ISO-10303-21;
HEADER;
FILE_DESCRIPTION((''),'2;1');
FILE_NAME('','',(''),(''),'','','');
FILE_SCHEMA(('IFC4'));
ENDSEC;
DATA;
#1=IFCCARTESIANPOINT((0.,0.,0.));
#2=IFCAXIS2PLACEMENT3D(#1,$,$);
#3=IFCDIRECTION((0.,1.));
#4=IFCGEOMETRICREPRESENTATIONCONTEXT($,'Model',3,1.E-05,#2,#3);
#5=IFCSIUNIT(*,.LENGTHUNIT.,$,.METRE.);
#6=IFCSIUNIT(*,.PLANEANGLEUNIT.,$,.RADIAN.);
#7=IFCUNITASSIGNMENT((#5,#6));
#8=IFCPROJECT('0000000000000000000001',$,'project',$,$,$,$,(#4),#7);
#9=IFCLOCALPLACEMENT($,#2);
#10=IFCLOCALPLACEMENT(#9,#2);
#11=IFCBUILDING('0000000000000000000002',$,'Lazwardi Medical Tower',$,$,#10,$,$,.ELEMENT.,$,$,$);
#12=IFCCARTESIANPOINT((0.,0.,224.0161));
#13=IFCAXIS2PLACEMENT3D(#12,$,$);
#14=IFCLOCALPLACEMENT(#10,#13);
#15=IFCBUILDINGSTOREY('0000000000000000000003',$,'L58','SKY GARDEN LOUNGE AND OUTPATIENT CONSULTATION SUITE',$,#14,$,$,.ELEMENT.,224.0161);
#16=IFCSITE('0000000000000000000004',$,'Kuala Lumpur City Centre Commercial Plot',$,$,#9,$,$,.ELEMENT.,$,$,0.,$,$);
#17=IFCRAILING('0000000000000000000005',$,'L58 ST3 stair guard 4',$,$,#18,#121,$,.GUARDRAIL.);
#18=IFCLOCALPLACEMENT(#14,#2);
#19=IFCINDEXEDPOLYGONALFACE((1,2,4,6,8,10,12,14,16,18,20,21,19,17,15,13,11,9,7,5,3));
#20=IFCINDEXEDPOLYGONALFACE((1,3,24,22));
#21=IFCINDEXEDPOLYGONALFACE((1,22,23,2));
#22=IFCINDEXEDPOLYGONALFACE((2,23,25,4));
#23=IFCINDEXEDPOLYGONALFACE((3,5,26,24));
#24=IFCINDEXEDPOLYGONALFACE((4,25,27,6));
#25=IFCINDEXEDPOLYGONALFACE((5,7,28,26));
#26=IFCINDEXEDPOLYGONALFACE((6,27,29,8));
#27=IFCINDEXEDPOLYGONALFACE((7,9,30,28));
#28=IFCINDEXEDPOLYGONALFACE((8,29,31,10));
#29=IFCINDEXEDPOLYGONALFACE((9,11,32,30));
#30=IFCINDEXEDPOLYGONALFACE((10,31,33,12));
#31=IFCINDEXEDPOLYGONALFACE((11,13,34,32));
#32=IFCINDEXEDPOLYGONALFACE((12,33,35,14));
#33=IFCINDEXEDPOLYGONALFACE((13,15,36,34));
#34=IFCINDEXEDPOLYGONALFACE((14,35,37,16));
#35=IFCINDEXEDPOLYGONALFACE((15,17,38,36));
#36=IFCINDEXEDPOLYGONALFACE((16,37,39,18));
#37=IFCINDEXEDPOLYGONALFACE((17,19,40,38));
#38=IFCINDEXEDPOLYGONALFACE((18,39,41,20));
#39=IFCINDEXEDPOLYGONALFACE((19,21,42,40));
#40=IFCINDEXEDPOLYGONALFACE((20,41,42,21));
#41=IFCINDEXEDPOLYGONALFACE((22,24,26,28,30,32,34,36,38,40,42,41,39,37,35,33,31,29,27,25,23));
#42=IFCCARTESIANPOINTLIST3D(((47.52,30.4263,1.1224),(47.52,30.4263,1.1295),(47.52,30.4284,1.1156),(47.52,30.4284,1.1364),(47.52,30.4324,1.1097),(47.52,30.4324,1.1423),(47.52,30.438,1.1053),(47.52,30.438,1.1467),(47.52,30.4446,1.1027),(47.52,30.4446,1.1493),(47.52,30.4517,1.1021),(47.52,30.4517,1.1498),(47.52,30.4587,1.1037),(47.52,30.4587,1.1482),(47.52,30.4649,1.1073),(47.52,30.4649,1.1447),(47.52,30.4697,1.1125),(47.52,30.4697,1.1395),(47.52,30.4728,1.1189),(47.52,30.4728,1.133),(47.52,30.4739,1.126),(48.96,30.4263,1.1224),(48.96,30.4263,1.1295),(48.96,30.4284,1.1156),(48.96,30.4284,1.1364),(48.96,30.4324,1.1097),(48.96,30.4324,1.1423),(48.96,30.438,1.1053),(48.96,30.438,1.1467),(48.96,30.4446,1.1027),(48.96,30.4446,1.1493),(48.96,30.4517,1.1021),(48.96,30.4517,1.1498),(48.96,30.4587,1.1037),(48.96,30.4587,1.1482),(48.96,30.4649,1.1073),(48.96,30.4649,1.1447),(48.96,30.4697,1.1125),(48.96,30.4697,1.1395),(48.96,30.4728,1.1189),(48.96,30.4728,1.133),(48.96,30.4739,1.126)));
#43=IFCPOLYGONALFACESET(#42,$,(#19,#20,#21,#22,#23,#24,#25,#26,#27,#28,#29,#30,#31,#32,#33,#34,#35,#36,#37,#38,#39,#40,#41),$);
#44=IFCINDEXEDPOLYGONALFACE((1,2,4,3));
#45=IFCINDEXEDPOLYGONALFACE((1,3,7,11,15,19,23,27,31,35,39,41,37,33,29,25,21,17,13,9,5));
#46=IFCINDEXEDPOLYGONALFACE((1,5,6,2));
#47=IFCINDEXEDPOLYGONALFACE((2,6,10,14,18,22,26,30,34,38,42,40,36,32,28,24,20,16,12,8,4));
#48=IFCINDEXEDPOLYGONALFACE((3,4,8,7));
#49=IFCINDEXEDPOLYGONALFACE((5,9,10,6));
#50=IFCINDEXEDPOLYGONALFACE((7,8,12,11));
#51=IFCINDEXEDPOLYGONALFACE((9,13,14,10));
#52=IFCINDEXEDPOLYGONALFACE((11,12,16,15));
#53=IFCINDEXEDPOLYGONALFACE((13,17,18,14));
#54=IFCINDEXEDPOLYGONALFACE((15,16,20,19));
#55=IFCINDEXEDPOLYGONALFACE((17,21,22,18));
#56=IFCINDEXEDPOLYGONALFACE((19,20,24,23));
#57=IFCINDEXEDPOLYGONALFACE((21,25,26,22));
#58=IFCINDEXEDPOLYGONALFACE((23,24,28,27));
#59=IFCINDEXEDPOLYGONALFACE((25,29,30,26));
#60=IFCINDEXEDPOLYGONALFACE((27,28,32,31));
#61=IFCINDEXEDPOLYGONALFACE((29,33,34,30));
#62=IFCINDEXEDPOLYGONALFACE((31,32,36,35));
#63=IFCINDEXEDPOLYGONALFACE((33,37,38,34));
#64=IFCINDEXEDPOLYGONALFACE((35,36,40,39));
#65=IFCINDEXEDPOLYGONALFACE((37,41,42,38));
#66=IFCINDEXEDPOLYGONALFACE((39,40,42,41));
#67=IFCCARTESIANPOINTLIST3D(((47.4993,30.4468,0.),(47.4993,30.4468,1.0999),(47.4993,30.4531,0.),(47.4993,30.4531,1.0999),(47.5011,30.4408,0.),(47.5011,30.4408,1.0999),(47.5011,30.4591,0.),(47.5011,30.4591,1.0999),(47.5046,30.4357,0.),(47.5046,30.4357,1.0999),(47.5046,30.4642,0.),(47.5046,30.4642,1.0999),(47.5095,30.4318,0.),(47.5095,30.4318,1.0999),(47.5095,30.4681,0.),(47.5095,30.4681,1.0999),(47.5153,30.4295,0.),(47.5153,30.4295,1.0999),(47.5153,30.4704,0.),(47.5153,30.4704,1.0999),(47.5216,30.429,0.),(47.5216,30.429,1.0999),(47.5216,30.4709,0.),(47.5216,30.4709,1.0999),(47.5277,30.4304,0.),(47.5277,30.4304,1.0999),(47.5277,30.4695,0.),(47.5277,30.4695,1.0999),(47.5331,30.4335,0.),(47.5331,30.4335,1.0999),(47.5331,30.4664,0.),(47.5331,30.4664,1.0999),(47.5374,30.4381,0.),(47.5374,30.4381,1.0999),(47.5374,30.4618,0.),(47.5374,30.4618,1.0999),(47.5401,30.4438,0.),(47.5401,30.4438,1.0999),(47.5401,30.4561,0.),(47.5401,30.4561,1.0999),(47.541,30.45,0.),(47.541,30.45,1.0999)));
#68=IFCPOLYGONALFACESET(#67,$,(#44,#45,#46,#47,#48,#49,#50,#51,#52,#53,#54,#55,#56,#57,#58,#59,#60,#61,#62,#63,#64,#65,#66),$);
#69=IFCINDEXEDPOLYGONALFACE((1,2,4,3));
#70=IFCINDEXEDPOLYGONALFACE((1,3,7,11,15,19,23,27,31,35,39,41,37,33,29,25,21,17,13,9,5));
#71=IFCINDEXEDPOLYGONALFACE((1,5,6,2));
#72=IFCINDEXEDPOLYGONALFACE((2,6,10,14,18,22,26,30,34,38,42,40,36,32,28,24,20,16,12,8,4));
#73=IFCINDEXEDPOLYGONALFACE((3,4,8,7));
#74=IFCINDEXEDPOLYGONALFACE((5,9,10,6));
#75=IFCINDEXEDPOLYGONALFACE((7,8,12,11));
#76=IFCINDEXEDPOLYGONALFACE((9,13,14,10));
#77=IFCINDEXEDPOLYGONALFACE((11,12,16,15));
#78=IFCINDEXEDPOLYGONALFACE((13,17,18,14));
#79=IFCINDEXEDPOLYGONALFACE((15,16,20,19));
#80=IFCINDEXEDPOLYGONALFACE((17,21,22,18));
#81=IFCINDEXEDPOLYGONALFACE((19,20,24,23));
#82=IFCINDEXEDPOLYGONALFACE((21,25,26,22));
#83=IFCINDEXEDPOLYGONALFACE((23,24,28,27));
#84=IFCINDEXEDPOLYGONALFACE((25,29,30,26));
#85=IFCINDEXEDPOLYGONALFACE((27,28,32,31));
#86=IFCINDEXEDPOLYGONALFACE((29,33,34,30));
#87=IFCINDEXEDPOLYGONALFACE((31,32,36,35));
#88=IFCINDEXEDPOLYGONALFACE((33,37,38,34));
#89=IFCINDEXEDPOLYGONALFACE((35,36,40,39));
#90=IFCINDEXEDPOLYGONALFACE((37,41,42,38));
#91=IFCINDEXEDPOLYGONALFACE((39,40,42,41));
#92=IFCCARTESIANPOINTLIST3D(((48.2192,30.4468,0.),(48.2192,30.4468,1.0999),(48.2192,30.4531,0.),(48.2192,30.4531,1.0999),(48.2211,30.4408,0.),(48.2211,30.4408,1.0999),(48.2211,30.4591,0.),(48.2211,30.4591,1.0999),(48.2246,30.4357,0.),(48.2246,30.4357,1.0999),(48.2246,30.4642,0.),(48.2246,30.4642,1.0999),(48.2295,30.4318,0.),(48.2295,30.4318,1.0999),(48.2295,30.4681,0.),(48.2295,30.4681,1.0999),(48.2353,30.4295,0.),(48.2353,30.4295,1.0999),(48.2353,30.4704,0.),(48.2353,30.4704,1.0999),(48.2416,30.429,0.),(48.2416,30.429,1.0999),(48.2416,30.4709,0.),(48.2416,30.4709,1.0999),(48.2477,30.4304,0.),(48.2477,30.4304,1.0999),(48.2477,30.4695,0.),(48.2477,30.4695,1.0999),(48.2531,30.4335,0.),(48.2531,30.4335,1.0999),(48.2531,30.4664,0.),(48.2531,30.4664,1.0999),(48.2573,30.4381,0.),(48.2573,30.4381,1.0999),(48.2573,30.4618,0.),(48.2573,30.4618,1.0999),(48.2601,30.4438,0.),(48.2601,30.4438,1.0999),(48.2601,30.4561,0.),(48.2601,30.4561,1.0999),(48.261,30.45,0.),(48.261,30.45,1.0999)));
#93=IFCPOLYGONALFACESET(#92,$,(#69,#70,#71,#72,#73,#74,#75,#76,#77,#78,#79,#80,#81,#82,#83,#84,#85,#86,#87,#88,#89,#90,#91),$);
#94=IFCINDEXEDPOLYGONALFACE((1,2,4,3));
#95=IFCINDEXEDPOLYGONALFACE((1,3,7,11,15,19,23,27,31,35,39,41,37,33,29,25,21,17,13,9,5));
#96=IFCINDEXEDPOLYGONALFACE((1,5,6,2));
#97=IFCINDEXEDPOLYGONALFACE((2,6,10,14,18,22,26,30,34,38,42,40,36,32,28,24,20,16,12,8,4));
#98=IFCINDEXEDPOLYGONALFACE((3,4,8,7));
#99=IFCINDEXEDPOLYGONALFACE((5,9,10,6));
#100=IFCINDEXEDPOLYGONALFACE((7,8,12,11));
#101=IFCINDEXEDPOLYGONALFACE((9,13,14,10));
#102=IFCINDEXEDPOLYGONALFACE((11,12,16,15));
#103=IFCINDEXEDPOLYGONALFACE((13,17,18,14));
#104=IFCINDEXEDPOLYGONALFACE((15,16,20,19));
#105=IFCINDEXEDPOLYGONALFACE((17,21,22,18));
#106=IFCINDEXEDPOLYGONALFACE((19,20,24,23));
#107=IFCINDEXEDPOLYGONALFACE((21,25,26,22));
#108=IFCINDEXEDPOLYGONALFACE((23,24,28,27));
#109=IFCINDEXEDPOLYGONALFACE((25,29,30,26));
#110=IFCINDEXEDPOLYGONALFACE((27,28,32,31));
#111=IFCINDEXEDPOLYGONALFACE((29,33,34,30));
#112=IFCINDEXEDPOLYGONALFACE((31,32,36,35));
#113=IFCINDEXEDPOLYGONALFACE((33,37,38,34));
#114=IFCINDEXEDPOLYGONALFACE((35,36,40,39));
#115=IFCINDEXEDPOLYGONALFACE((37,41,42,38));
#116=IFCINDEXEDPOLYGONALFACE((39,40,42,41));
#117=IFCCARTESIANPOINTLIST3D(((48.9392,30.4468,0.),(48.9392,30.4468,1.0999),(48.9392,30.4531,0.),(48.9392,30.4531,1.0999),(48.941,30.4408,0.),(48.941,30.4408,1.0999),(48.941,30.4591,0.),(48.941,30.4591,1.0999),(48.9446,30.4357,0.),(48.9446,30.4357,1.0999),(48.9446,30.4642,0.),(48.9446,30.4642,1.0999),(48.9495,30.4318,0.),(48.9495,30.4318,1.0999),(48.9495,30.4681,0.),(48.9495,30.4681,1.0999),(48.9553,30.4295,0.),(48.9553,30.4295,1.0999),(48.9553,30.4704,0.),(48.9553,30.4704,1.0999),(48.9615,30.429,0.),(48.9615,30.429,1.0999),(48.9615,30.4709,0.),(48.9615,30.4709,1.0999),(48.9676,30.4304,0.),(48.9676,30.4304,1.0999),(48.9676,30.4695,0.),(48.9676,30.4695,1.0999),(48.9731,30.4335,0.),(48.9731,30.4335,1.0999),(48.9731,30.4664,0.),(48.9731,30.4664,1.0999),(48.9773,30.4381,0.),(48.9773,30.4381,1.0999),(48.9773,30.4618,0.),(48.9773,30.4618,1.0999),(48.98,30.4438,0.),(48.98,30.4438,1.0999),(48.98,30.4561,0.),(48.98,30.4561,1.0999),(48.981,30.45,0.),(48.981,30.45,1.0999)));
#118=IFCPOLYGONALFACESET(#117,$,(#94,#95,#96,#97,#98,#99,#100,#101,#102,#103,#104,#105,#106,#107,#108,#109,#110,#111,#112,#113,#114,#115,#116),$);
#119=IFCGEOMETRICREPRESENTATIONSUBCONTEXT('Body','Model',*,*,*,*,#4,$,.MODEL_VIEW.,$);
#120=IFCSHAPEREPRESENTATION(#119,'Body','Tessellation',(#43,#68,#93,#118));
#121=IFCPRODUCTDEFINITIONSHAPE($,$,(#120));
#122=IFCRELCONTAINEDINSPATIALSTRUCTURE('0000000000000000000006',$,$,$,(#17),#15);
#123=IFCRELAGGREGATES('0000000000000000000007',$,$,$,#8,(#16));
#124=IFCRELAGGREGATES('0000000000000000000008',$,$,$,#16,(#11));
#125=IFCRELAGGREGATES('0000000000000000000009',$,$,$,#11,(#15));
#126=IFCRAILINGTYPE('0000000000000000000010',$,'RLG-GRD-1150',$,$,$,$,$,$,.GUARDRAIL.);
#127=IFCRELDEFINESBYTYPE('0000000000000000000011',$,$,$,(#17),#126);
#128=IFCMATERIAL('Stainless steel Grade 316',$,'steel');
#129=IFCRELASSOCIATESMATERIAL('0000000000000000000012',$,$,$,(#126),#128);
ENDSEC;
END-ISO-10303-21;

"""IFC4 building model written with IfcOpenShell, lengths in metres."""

from ifc_helpers import new_model, si_unit, direction, frame, origin, origin_2d, place, context, subcontext, project, spatial, circle, extrude, material, type_object, element, save


model = new_model("IFC4")

# Units and contexts
model_context = context("Model", 3, precision=1e-05, world=origin(), true_north=direction((0.0, 1.0)))
body_context = subcontext(model_context, "Body", "Model", "MODEL_VIEW")
ifc_project = project(units=[si_unit("LENGTHUNIT", "METRE"), si_unit("PLANEANGLEUNIT", "RADIAN")], contexts=[model_context])

# Site, building, storey
site_placement = place(None, origin())
site = spatial("IfcSite", under=ifc_project, at=site_placement, Name="Kuala Lumpur City Centre Commercial Plot", CompositionType="ELEMENT", RefElevation=0.0)
building_placement = place(site_placement, origin())
building = spatial("IfcBuilding", under=site, at=building_placement, Name="Lazwardi Medical Tower", CompositionType="ELEMENT")
storey_placement = place(building_placement, frame((0.0, 0.0, 224.0161)))
storey = spatial("IfcBuildingStorey", under=building, at=storey_placement, Name="L58", Description="SKY GARDEN LOUNGE AND OUTPATIENT CONSULTATION SUITE", CompositionType="ELEMENT", Elevation=224.0161)

# Railing
ifc_material_1 = material(Name="Stainless steel Grade 316", Category="steel")
railing_type = type_object("IfcRailingType", Name="RLG-GRD-1150", PredefinedType="GUARDRAIL", material=ifc_material_1)
railing_1_placement = place(storey_placement, frame((47.52, 30.45, 0.0)))
element("IfcRailing", 1, at=railing_1_placement, inside=storey, type_object=railing_type, Name="L58 ST3 stair guard 4", PredefinedType="GUARDRAIL", context=body_context, shape_type="SweptSolid", body=[
    extrude(circle(Radius=0.0239, at=origin_2d()), frame((0.0, 0.0, 1.126), z_axis=(1.0, 0.0, 0.0), x_axis=(0.0, 1.0, 0.0)), (0.0, 0.0, 1.0), 1.4399),
    extrude(circle(Radius=0.021, at=origin_2d()), origin(), (0.0, 0.0, 1.0), 1.0999),
    extrude(circle(Radius=0.021, at=origin_2d()), frame((0.72, 0.0, 0.0)), (0.0, 0.0, 1.0), 1.0999),
    extrude(circle(Radius=0.021, at=origin_2d()), frame((1.4399, 0.0, 0.0)), (0.0, 0.0, 1.0), 1.0999),
])

save(model, "model.ifc")
